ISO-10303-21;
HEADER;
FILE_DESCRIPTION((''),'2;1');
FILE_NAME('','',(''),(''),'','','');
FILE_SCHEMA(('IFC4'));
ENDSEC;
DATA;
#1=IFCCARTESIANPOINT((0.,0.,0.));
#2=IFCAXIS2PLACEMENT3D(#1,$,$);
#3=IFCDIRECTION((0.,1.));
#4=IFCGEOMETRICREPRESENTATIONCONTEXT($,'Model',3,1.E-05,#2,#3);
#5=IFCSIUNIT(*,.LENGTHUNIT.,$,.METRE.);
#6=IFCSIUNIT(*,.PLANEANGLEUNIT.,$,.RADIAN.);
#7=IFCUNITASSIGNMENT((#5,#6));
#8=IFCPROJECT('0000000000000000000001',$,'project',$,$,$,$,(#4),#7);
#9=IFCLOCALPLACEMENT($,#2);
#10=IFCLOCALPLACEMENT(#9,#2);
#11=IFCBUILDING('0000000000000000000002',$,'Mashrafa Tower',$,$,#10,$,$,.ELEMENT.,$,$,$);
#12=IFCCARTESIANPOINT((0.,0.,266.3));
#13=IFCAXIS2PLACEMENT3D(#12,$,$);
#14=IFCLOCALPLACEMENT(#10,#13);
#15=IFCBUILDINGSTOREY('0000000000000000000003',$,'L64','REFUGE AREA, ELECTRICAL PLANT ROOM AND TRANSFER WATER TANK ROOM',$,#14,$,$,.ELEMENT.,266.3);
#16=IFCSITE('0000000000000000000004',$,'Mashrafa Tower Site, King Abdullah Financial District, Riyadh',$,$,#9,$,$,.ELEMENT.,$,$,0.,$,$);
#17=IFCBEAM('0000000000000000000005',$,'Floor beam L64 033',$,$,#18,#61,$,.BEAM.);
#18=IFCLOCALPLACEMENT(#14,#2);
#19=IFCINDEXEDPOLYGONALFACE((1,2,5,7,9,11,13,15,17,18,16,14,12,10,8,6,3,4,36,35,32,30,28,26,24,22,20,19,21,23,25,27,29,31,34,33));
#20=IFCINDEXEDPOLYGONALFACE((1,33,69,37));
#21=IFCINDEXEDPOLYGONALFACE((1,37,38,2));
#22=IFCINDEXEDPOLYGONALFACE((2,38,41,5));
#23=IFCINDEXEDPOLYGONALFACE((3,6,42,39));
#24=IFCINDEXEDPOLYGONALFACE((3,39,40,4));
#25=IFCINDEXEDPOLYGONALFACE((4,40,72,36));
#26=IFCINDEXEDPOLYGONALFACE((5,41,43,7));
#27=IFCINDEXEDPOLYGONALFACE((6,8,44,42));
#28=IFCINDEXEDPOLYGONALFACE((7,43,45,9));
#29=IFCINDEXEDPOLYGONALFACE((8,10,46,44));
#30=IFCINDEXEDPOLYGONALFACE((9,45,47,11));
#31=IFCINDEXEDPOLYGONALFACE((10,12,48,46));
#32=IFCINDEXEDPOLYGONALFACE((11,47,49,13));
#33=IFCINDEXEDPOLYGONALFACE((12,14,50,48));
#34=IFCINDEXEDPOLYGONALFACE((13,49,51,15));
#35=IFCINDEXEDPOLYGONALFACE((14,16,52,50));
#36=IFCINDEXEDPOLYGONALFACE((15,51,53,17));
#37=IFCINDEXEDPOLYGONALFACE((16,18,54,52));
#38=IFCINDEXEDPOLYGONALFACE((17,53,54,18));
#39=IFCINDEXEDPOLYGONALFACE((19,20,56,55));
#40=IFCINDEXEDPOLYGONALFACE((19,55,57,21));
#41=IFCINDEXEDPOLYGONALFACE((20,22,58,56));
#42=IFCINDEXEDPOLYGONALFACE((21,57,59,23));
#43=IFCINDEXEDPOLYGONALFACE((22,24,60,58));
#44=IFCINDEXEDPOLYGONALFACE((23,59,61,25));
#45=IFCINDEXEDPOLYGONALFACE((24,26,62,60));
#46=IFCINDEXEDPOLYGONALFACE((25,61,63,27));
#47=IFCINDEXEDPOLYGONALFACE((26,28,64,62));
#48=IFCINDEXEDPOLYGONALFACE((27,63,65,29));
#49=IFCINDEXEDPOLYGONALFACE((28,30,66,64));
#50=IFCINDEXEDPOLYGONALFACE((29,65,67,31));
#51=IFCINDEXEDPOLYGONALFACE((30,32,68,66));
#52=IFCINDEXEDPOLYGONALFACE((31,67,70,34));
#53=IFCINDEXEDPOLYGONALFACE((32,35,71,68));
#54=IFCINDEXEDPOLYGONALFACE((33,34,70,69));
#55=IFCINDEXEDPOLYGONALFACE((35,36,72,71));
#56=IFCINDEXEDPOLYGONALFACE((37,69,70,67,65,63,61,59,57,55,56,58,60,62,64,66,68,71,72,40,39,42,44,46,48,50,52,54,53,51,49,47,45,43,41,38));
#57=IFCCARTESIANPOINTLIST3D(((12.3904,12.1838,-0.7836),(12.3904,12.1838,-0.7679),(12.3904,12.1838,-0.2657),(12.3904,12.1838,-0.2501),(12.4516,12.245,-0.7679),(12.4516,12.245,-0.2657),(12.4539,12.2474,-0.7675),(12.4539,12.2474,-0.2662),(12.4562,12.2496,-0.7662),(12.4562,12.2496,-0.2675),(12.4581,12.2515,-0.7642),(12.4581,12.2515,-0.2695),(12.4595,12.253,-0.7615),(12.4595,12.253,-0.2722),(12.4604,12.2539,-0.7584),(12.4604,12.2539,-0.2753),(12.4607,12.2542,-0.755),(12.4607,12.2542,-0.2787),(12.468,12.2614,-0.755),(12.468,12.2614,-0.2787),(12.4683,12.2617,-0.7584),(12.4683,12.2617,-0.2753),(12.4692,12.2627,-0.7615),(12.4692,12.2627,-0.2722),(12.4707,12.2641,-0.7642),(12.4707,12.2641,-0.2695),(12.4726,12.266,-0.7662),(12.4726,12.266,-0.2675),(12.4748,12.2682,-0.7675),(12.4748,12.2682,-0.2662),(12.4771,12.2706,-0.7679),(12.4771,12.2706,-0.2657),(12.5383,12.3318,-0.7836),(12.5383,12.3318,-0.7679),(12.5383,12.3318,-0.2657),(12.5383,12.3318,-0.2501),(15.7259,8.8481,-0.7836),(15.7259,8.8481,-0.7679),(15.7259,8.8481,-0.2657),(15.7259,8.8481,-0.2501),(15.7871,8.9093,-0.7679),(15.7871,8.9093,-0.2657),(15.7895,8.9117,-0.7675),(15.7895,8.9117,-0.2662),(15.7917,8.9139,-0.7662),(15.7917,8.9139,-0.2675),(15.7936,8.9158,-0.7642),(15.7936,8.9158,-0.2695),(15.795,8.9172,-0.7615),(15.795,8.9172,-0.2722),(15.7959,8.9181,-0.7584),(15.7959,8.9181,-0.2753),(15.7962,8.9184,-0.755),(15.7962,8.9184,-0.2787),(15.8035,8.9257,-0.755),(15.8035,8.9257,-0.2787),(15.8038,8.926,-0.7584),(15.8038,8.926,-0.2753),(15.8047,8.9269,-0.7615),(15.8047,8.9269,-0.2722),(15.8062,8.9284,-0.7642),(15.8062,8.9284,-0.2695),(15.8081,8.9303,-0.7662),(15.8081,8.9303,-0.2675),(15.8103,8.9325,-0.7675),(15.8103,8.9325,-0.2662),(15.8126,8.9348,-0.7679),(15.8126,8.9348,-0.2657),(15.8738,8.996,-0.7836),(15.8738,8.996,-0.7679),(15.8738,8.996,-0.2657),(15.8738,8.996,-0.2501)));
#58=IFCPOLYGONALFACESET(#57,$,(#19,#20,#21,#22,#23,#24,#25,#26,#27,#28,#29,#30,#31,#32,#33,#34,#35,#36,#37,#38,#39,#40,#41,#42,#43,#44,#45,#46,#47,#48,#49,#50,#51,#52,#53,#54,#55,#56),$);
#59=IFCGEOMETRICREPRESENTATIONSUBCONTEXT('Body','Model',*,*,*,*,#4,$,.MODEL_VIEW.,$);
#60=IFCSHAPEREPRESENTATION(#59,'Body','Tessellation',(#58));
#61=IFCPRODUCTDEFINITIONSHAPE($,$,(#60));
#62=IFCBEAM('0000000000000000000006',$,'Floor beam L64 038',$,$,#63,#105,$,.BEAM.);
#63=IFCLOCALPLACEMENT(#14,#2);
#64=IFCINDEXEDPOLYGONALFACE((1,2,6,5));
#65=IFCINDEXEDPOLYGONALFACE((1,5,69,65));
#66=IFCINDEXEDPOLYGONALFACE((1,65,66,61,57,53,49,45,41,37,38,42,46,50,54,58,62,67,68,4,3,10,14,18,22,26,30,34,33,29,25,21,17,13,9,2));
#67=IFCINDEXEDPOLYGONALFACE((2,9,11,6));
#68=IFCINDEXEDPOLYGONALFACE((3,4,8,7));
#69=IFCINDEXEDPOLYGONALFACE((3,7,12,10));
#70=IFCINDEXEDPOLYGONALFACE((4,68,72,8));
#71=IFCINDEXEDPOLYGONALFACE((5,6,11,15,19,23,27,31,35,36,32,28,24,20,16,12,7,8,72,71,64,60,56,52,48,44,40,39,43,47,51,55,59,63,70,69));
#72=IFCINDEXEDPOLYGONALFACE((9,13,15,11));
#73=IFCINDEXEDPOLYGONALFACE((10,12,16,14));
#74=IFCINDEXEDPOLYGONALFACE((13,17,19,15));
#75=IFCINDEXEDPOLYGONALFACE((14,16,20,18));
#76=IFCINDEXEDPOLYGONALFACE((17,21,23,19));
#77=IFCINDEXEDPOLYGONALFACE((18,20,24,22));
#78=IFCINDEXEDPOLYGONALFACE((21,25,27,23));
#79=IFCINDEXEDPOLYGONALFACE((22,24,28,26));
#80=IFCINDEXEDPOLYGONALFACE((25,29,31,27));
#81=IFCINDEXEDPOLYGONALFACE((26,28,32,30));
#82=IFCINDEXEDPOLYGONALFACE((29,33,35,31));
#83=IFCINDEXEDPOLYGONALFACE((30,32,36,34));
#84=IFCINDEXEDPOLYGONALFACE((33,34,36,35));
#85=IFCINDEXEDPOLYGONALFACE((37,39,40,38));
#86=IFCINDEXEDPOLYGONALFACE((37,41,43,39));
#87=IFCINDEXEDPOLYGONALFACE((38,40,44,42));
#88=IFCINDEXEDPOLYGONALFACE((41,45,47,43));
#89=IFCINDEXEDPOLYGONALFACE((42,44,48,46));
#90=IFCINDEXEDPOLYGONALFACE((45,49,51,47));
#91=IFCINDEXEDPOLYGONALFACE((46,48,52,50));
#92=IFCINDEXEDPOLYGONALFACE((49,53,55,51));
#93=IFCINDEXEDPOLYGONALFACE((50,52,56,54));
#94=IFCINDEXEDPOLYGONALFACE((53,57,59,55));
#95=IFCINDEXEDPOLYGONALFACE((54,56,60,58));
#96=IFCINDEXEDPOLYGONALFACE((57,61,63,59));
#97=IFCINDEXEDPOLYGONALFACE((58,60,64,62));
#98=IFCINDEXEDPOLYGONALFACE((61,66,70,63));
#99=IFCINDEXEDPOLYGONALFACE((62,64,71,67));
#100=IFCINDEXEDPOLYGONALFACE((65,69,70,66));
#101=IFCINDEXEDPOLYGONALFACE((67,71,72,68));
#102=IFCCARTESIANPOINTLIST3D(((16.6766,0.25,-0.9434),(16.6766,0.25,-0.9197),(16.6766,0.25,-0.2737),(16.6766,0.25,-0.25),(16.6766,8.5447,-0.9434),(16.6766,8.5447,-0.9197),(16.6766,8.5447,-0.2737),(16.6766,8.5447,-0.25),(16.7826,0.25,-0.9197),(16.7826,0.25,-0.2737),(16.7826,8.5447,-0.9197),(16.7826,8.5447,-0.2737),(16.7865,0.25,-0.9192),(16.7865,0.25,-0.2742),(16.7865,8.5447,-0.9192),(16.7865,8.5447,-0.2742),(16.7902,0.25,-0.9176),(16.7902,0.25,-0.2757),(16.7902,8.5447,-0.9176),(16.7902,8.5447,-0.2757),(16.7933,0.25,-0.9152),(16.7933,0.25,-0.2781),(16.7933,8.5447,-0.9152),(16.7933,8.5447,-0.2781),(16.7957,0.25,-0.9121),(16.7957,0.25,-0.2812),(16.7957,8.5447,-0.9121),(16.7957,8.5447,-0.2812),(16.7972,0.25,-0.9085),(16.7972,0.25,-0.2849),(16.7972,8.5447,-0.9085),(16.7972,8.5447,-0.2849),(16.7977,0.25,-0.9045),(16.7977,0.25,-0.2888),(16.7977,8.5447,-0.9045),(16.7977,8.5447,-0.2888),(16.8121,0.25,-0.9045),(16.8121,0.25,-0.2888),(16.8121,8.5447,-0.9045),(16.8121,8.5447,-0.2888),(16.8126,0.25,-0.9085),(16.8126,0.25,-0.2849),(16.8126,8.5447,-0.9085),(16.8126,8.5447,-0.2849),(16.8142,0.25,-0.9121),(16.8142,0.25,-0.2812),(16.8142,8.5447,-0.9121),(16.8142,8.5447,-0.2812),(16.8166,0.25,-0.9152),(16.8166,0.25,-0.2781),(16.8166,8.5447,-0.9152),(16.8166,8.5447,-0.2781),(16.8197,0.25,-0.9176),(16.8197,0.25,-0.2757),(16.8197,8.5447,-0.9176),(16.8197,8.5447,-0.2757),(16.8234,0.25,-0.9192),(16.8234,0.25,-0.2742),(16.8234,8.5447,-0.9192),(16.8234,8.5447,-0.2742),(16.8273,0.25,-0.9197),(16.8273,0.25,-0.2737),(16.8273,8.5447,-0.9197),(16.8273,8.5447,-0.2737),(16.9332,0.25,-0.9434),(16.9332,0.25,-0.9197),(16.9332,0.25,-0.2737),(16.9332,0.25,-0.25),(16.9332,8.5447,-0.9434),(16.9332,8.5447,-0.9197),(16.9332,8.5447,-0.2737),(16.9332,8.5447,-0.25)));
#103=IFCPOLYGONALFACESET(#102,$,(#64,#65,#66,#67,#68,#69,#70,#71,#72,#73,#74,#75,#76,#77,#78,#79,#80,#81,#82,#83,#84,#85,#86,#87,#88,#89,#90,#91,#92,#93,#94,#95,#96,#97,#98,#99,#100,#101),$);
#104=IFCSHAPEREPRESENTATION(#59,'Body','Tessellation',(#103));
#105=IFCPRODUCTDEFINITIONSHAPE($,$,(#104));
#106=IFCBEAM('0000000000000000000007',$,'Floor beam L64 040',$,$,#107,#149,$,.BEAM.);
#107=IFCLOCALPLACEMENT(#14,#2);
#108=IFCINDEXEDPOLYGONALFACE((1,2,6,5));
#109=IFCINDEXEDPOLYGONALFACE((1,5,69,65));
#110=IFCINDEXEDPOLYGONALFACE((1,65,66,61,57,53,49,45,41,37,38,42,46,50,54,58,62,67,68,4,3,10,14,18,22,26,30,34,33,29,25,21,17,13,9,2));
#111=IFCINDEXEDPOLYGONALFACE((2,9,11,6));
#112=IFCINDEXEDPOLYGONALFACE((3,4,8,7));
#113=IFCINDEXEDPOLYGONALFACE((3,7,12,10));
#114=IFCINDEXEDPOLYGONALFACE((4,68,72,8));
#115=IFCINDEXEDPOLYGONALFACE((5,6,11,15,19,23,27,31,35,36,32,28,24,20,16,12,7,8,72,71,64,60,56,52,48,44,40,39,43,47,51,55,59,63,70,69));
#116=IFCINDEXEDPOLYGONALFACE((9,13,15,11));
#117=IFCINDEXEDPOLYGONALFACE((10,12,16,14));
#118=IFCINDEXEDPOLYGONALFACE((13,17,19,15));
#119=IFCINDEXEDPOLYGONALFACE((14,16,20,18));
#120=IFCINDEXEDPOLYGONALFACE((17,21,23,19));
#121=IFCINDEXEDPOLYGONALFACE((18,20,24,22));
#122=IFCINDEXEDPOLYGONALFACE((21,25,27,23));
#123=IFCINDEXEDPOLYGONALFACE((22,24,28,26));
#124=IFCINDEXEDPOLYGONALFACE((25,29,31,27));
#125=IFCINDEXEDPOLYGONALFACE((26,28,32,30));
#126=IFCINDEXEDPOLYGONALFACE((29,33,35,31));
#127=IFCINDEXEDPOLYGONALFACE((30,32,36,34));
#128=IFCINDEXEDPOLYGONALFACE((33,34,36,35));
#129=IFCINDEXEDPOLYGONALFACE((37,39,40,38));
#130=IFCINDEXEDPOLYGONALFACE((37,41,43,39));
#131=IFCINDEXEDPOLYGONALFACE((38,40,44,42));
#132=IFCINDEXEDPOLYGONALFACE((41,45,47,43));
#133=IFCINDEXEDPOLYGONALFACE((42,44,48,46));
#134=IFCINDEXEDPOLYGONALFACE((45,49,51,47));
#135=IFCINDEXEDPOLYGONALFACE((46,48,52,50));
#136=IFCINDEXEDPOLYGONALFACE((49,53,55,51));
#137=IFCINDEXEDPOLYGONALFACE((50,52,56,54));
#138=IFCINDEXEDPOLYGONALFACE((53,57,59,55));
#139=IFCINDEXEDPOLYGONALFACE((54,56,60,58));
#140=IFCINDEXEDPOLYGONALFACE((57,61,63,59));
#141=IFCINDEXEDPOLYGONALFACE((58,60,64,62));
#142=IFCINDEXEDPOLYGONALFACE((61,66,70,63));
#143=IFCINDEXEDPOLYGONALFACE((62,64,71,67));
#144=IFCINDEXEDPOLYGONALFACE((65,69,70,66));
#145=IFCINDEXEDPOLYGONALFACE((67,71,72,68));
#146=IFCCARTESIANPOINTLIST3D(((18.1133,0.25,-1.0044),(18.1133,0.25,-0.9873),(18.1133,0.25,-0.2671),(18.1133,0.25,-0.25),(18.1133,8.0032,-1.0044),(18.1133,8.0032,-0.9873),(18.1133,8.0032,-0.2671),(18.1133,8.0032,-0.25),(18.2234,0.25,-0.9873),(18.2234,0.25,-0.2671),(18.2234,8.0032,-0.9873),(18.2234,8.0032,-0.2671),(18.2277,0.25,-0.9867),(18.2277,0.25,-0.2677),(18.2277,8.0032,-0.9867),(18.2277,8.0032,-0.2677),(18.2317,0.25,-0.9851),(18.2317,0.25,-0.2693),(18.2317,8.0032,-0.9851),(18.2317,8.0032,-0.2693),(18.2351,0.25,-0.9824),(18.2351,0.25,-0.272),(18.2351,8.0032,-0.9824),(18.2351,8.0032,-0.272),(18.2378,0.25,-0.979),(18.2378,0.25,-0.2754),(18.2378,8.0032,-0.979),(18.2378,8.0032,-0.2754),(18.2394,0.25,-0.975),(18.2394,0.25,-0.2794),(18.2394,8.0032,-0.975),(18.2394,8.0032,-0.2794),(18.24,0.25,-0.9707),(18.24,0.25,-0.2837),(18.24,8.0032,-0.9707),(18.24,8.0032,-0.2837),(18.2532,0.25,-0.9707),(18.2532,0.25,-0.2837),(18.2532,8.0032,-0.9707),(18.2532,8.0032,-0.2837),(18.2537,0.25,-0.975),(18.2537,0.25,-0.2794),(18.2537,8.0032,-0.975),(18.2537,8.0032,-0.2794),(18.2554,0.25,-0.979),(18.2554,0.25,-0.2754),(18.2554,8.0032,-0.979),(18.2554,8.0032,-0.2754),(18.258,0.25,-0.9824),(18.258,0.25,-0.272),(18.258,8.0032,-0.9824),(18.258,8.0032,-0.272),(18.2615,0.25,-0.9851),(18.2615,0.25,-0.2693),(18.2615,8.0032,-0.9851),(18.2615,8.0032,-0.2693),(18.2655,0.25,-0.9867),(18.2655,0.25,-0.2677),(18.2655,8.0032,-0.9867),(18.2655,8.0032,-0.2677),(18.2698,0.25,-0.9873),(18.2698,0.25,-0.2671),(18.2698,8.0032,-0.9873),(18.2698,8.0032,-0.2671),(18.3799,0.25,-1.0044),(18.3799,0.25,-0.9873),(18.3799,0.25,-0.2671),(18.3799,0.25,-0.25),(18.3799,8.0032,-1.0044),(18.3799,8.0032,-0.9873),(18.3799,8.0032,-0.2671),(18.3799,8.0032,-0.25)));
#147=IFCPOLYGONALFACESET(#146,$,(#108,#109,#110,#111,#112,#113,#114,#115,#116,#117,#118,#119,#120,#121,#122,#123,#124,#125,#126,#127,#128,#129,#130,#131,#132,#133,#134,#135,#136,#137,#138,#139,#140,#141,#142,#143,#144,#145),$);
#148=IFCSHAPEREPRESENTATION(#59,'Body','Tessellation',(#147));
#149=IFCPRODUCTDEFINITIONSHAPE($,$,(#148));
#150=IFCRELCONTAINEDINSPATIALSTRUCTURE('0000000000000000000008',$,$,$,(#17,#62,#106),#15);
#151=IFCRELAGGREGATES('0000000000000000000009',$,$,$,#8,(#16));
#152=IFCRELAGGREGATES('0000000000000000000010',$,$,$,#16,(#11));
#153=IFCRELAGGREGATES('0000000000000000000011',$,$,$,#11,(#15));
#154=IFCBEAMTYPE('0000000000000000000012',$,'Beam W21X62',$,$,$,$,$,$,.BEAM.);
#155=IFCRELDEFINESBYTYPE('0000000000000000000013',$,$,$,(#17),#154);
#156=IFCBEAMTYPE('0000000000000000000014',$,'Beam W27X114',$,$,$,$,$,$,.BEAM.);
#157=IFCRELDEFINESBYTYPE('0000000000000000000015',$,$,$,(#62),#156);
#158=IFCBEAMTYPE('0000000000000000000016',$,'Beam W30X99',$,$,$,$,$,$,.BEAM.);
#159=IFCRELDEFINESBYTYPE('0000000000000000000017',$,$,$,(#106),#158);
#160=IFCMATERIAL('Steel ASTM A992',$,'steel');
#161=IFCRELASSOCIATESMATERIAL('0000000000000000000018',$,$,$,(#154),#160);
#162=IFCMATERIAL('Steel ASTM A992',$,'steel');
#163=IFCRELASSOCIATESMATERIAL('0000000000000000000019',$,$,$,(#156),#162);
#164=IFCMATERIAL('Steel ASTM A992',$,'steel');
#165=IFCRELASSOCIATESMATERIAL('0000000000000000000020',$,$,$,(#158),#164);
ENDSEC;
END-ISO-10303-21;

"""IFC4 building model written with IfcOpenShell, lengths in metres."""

from ifc_helpers import new_model, si_unit, direction, frame, origin, origin_2d, place, context, subcontext, project, spatial, i_section, extrude, material, material_profile, profile_set, type_object, element, save


model = new_model("IFC4")

# Units and contexts
model_context = context("Model", 3, precision=1e-05, world=origin(), true_north=direction((0.0, 1.0)))
body_context = subcontext(model_context, "Body", "Model", "MODEL_VIEW")
ifc_project = project(units=[si_unit("LENGTHUNIT", "METRE"), si_unit("PLANEANGLEUNIT", "RADIAN")], contexts=[model_context])

# Site, building, storey
site_placement = place(None, origin())
site = spatial("IfcSite", under=ifc_project, at=site_placement, Name="Mashrafa Tower Site, King Abdullah Financial District, Riyadh", CompositionType="ELEMENT", RefElevation=0.0)
building_placement = place(site_placement, origin())
building = spatial("IfcBuilding", under=site, at=building_placement, Name="Mashrafa Tower", CompositionType="ELEMENT")
storey_placement = place(building_placement, frame((0.0, 0.0, 266.3)))
storey = spatial("IfcBuildingStorey", under=building, at=storey_placement, Name="L64", Description="REFUGE AREA, ELECTRICAL PLANT ROOM AND TRANSFER WATER TANK ROOM", CompositionType="ELEMENT", Elevation=266.3)

# Beams
ifc_material_1 = material(Name="Steel ASTM A992", Category="steel")
ifc_material_profile_1 = material_profile(ifc_material_1, i_section(OverallWidth=0.2092, OverallDepth=0.5334, WebThickness=0.0103, FlangeThickness=0.0156, FilletRadius=0.0129, at=origin_2d()), Name="W21X62")
ifc_profile_set_1 = profile_set([ifc_material_profile_1], Name="Steel ASTM A992")
beam_type_1 = type_object("IfcBeamType", Name="Beam W21X62", PredefinedType="BEAM", material=ifc_profile_set_1)
beam_1_placement = place(storey_placement, frame((12.4644, 12.2578, -0.5168), z_axis=(0.707081, -0.707133, 0.0), x_axis=(0.707133, 0.707081, 0.0)))
element("IfcBeam", 1, at=beam_1_placement, inside=storey, type_object=beam_type_1, Name="Floor beam L64 033", PredefinedType="BEAM", context=body_context, shape_type="SweptSolid", body=[
    extrude(i_section(OverallWidth=0.2092, OverallDepth=0.5334, WebThickness=0.0103, FlangeThickness=0.0156, FilletRadius=0.0129, at=origin_2d()), origin(), (0.0, 0.0, 1.0), 4.7173),
])
ifc_material_2 = material(Name="Steel ASTM A992", Category="steel")
ifc_material_profile_2 = material_profile(ifc_material_2, i_section(OverallWidth=0.2566, OverallDepth=0.6934, WebThickness=0.0144, FlangeThickness=0.0237, FilletRadius=0.0151, at=origin_2d()), Name="W27X114")
ifc_profile_set_2 = profile_set([ifc_material_profile_2], Name="Steel ASTM A992")
beam_type_2 = type_object("IfcBeamType", Name="Beam W27X114", PredefinedType="BEAM", material=ifc_profile_set_2)
beam_2_placement = place(storey_placement, frame((16.8049, 8.5447, -0.5967), z_axis=(0.0, -1.0, 0.0), x_axis=(1.0, 0.0, 0.0)))
element("IfcBeam", 2, at=beam_2_placement, inside=storey, type_object=beam_type_2, Name="Floor beam L64 038", PredefinedType="BEAM", context=body_context, shape_type="SweptSolid", body=[
    extrude(i_section(OverallWidth=0.2566, OverallDepth=0.6934, WebThickness=0.0144, FlangeThickness=0.0237, FilletRadius=0.0151, at=origin_2d()), origin(), (0.0, 0.0, 1.0), 8.2947),
])
ifc_material_3 = material(Name="Steel ASTM A992", Category="steel")
ifc_material_profile_3 = material_profile(ifc_material_3, i_section(OverallWidth=0.2666, OverallDepth=0.7544, WebThickness=0.0132, FlangeThickness=0.0171, FilletRadius=0.0166, at=origin_2d()), Name="W30X99")
ifc_profile_set_3 = profile_set([ifc_material_profile_3], Name="Steel ASTM A992")
beam_type_3 = type_object("IfcBeamType", Name="Beam W30X99", PredefinedType="BEAM", material=ifc_profile_set_3)
beam_3_placement = place(storey_placement, frame((18.2466, 8.0032, -0.6272), z_axis=(0.0, -1.0, 0.0), x_axis=(1.0, 0.0, 0.0)))
element("IfcBeam", 3, at=beam_3_placement, inside=storey, type_object=beam_type_3, Name="Floor beam L64 040", PredefinedType="BEAM", context=body_context, shape_type="SweptSolid", body=[
    extrude(i_section(OverallWidth=0.2666, OverallDepth=0.7544, WebThickness=0.0132, FlangeThickness=0.0171, FilletRadius=0.0166, at=origin_2d()), origin(), (0.0, 0.0, 1.0), 7.7532),
])

save(model, "model.ifc")
